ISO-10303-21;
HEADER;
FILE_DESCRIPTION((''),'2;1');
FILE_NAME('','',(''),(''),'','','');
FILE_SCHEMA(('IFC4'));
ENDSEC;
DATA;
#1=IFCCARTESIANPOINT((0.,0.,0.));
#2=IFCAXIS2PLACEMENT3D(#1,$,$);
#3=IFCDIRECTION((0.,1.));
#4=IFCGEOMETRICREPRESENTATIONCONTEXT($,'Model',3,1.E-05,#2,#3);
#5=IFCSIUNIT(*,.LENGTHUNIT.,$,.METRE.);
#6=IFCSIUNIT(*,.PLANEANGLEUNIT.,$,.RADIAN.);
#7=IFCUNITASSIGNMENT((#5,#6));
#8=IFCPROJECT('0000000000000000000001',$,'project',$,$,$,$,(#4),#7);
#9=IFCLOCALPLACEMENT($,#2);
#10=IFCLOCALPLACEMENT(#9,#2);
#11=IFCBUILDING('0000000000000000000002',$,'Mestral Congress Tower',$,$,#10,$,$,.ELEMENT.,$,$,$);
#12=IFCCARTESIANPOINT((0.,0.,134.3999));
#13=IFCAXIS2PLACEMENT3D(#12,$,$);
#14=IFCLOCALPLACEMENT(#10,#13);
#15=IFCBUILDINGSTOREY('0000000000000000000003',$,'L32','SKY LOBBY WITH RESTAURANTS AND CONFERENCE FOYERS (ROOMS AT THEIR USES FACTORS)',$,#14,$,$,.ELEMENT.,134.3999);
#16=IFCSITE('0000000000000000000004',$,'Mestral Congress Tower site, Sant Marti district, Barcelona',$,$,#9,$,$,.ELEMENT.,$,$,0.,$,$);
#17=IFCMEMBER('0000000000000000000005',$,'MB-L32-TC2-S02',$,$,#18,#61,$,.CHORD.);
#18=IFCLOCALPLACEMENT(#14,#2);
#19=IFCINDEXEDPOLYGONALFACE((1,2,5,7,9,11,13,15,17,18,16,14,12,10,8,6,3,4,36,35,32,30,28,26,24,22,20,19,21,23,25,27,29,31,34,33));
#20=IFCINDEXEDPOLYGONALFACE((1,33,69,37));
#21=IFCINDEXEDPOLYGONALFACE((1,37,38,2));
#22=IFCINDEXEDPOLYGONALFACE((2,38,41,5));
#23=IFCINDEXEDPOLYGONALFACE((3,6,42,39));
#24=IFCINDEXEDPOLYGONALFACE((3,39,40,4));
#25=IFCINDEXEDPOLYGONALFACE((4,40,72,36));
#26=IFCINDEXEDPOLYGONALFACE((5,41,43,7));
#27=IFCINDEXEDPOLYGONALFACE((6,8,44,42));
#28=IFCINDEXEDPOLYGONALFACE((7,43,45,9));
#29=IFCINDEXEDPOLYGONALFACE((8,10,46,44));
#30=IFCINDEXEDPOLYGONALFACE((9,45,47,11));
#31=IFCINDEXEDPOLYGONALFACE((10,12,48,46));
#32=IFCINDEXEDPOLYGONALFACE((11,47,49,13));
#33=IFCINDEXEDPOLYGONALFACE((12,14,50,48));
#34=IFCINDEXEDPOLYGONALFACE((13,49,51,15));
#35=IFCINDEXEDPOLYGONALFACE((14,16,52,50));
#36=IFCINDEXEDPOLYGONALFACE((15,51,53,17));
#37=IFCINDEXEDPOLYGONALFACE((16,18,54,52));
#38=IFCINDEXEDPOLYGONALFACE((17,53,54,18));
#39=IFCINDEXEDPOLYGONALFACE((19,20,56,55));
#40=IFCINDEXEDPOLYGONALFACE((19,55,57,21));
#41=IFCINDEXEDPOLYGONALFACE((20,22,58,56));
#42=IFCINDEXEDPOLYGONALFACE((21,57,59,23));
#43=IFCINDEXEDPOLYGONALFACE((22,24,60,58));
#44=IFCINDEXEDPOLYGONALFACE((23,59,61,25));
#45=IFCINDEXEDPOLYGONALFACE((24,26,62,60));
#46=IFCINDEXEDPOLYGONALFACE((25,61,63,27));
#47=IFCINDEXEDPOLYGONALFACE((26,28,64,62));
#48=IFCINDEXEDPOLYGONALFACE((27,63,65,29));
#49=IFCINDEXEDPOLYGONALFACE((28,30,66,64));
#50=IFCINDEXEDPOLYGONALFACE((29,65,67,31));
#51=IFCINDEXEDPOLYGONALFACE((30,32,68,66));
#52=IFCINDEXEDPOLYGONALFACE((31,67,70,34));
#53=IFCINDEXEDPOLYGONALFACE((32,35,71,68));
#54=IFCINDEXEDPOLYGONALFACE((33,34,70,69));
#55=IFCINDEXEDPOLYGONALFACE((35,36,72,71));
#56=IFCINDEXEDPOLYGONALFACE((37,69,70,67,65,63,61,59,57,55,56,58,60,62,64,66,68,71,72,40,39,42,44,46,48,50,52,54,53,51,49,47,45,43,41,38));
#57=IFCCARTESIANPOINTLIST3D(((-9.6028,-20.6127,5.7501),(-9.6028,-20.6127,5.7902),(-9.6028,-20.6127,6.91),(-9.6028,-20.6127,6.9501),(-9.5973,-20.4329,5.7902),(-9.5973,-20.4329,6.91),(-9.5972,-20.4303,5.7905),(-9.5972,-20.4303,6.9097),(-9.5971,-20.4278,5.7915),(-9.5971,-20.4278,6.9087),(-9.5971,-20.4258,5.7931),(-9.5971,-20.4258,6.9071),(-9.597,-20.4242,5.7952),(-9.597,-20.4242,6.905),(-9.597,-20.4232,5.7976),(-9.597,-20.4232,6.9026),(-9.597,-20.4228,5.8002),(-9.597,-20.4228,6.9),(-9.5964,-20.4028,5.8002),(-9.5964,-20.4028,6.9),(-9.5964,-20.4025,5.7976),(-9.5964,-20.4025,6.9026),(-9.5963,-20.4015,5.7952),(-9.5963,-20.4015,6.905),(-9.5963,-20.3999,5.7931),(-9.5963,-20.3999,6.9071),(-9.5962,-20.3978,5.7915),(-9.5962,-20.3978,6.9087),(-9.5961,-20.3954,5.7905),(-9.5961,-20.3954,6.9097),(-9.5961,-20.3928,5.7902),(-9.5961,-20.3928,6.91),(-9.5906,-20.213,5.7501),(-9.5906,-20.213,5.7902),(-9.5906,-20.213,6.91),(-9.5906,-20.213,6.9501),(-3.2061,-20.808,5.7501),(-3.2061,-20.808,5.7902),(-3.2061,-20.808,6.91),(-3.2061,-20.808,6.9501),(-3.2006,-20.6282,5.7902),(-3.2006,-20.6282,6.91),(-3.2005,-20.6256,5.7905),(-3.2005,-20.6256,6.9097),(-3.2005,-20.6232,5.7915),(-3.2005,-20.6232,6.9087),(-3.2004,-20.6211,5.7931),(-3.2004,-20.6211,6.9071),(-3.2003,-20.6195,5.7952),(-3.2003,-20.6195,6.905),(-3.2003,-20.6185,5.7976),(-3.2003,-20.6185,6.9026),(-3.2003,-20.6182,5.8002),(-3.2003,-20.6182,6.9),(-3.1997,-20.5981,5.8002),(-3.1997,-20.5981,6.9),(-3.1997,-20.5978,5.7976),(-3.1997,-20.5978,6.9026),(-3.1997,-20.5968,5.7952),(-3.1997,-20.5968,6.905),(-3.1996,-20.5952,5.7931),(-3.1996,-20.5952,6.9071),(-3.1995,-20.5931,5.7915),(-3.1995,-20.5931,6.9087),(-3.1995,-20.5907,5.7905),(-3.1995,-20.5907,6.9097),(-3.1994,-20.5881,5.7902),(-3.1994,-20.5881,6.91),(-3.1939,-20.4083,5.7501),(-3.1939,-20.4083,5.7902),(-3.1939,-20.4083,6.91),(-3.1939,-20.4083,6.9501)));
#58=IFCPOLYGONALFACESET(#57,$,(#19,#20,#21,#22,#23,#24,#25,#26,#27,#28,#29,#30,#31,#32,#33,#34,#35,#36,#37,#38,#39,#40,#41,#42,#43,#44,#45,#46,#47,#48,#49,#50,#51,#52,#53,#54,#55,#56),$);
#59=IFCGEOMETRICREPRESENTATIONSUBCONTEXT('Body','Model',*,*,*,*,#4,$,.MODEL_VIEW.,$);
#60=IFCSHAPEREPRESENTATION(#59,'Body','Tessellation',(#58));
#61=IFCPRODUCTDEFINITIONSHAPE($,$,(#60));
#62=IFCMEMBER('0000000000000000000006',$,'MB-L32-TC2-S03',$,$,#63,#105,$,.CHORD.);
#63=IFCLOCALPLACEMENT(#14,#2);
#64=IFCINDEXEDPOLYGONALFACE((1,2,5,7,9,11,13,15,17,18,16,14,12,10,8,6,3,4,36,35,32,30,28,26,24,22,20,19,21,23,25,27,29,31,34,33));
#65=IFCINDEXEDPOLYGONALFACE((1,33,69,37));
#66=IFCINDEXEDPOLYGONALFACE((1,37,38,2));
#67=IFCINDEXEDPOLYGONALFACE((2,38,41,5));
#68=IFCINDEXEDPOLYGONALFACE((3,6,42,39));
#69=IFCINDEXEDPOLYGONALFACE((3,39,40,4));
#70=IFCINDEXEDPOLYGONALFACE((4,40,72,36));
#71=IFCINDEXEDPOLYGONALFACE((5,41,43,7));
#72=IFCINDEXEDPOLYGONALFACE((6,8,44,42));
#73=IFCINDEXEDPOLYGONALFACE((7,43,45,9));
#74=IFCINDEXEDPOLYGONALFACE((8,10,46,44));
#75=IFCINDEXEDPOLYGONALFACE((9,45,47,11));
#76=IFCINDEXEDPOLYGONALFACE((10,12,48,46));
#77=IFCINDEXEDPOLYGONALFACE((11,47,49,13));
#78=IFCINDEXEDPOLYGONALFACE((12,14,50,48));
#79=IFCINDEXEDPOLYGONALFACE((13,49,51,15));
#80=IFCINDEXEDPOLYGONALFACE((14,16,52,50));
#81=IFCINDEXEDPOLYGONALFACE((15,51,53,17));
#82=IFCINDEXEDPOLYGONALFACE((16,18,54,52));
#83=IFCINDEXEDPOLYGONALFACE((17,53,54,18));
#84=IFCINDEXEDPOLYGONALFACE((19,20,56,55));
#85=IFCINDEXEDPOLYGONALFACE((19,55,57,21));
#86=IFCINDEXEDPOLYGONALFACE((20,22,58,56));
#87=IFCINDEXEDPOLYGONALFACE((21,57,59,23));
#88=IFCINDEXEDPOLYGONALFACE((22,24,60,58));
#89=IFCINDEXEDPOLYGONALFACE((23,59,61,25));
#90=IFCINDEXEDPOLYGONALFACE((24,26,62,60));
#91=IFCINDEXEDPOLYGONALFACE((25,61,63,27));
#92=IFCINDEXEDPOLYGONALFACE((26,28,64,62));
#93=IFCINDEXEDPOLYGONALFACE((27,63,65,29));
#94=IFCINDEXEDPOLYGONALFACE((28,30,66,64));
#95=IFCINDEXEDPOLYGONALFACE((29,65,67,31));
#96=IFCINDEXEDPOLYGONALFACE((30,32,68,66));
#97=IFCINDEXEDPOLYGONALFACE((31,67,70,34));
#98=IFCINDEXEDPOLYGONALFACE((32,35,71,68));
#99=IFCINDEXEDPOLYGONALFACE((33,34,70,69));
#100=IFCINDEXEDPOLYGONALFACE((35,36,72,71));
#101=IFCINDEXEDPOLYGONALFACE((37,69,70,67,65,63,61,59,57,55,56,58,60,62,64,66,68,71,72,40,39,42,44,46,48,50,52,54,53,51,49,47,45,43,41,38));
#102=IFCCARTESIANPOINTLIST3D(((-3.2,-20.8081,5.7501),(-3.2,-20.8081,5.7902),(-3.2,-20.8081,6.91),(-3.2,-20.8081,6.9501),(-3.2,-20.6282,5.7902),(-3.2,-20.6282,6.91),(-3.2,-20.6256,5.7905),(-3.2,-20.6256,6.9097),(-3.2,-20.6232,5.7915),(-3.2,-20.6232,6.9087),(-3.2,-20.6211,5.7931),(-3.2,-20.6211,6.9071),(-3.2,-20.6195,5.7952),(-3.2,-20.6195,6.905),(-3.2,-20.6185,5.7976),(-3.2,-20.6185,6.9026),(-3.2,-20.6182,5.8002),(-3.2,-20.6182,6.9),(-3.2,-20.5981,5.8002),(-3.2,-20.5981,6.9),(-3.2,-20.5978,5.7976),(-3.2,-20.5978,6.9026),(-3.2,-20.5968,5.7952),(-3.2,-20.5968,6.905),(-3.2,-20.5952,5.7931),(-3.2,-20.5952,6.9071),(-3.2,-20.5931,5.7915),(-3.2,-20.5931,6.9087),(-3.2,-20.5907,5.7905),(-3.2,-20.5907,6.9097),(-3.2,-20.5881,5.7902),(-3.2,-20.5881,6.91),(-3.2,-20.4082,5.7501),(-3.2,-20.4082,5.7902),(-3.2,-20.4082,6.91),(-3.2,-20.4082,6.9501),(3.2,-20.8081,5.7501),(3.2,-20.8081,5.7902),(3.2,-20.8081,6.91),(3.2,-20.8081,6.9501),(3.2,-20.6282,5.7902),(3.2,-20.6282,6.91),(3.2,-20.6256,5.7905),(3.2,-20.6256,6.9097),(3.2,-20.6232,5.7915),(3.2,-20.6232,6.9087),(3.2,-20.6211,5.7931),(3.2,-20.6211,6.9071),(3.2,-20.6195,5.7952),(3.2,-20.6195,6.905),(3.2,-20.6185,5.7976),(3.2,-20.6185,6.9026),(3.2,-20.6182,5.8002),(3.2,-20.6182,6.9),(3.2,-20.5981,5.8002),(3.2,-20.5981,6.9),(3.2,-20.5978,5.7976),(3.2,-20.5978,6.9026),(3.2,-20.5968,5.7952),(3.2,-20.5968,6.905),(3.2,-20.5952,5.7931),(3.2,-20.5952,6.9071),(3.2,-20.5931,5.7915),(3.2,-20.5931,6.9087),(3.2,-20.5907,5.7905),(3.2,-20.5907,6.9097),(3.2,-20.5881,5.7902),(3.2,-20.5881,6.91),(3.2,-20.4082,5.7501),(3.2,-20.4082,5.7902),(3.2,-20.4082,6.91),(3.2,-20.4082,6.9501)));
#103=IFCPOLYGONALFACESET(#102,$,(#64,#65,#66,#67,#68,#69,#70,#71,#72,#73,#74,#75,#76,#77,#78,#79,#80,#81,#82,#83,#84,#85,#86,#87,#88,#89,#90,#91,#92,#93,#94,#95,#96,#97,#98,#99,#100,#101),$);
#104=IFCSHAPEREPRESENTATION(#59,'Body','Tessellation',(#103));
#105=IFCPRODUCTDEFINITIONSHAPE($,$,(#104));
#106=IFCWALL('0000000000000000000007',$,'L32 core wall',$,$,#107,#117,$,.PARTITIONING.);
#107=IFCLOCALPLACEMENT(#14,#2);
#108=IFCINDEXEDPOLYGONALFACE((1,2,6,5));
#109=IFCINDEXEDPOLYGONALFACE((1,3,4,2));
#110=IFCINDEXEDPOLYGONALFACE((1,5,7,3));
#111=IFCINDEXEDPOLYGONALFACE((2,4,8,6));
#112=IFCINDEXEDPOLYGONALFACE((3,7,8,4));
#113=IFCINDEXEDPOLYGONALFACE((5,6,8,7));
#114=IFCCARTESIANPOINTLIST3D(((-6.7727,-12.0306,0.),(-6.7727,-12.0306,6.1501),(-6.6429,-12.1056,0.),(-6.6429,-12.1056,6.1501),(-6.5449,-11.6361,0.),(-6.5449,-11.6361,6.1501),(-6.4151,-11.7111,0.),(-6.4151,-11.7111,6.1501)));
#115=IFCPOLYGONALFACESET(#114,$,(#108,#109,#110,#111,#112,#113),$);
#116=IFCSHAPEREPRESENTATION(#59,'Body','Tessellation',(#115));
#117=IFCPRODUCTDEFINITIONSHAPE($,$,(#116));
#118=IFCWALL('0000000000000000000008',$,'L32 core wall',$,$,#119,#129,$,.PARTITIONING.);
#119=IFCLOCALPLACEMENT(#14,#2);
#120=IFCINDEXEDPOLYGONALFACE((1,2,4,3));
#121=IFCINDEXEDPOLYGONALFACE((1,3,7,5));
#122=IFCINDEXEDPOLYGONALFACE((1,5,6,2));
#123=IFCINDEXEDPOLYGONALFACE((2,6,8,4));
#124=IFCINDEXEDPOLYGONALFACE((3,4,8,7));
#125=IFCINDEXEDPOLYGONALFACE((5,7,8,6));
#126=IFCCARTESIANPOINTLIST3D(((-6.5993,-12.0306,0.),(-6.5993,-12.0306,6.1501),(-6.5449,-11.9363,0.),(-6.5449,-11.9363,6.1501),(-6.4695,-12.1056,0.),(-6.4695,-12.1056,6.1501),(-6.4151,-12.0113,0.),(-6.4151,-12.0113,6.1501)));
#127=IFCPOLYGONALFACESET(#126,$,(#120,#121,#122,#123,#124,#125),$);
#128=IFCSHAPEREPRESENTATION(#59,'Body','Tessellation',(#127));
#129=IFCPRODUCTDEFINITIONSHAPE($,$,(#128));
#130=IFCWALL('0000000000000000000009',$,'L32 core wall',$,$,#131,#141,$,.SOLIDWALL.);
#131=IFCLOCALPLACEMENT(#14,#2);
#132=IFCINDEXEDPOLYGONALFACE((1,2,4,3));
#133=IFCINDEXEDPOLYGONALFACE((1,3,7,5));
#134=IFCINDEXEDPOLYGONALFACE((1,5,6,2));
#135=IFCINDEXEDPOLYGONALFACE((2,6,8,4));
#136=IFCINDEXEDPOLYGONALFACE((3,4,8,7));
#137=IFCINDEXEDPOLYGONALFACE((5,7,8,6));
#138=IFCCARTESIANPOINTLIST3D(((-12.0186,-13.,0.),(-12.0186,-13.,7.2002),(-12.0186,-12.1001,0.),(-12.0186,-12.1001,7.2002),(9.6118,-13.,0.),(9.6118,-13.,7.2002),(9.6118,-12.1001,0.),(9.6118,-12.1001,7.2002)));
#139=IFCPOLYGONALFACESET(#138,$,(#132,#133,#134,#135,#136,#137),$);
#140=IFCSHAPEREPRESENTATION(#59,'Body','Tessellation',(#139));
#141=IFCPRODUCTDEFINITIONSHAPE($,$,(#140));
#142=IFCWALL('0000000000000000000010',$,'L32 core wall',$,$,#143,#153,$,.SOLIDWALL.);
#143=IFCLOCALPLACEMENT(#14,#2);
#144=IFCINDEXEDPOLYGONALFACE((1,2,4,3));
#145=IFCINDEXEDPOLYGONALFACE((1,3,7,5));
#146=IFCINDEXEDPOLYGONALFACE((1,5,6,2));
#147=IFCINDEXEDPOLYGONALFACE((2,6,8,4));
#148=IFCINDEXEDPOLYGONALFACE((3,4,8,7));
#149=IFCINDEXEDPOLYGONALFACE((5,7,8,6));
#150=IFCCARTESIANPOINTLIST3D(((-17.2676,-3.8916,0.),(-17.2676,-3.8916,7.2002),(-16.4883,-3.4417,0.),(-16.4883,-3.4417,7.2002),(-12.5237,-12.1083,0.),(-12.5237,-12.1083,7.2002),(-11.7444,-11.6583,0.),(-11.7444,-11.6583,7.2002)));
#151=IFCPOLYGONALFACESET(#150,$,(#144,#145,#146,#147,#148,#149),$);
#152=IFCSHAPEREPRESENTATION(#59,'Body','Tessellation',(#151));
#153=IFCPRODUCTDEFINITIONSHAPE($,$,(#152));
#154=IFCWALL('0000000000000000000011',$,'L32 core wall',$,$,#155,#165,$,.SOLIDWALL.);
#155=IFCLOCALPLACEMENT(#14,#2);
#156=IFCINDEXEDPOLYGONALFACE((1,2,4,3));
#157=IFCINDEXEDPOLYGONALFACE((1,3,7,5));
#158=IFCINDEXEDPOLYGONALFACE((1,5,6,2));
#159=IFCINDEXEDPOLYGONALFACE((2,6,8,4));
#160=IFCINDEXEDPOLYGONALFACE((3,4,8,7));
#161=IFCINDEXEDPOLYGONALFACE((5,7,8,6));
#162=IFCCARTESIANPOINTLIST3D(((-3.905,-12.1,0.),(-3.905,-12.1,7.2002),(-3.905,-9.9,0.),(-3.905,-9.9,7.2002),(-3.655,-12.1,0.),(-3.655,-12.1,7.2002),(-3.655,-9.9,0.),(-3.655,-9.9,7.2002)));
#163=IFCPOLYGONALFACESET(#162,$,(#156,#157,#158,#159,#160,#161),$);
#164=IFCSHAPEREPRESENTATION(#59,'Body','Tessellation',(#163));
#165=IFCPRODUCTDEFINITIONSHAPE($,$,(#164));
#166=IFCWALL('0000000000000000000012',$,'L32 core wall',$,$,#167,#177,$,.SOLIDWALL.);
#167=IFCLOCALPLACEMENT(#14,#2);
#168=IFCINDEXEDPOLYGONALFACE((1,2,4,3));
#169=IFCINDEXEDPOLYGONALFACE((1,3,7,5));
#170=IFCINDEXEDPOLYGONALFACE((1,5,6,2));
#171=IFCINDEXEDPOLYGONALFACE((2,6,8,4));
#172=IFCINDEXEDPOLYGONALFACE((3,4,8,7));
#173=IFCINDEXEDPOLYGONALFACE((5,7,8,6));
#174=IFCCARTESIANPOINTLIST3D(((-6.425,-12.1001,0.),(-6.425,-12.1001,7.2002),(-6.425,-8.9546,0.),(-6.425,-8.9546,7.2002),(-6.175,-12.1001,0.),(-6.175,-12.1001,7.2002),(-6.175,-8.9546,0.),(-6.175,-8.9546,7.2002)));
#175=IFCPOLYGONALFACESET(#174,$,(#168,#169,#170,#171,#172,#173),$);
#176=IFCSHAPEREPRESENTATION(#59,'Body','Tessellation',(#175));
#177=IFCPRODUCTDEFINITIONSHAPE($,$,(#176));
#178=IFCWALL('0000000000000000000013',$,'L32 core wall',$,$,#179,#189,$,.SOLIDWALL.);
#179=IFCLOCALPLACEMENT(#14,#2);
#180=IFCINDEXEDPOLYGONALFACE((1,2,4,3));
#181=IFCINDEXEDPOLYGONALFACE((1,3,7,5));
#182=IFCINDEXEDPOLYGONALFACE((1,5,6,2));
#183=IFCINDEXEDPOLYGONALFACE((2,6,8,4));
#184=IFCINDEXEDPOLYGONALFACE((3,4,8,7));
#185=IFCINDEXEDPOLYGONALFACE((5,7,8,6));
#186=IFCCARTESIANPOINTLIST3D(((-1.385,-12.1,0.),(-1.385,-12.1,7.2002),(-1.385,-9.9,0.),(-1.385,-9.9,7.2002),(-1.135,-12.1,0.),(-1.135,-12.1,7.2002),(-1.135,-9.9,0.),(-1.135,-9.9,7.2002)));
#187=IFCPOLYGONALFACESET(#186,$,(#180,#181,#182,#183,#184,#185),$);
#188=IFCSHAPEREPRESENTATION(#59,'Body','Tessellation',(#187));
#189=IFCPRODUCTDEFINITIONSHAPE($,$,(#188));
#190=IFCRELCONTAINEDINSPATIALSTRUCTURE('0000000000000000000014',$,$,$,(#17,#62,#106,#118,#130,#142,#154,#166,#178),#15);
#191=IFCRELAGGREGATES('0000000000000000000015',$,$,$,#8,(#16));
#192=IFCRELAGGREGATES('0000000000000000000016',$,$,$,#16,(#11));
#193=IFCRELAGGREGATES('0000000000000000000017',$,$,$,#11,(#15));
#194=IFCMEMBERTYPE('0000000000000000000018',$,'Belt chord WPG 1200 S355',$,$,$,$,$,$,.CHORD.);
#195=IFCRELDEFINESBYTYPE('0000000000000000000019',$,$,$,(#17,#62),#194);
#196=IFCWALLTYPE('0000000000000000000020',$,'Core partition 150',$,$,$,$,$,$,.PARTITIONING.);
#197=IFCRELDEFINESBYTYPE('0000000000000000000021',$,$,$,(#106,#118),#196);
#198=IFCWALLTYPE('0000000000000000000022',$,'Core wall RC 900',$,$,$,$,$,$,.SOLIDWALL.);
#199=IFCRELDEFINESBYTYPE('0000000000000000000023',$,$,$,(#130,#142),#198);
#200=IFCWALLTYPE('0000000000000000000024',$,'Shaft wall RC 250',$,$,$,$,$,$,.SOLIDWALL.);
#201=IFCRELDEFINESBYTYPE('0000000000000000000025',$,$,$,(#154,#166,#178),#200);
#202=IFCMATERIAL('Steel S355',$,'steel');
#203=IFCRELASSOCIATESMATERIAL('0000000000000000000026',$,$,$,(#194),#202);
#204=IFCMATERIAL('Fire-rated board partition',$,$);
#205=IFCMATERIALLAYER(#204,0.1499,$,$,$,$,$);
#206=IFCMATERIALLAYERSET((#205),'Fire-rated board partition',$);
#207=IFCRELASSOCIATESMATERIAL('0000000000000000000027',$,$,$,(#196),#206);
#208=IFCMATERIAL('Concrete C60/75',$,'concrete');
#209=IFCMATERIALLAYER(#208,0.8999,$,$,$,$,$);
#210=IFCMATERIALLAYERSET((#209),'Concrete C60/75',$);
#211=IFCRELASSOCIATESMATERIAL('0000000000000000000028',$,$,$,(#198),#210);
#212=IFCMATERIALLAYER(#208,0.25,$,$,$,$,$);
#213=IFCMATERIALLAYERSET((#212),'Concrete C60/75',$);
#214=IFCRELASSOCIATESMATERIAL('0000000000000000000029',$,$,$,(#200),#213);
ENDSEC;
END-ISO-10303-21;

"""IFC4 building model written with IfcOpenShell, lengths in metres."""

from ifc_helpers import new_model, si_unit, direction, frame, frame_2d, origin, origin_2d, place, context, subcontext, project, spatial, rectangle, i_section, extrude, material, layer, layer_set, material_profile, profile_set, type_object, element, save


model = new_model("IFC4")

# Units and contexts
model_context = context("Model", 3, precision=1e-05, world=origin(), true_north=direction((0.0, 1.0)))
body_context = subcontext(model_context, "Body", "Model", "MODEL_VIEW")
ifc_project = project(units=[si_unit("LENGTHUNIT", "METRE"), si_unit("PLANEANGLEUNIT", "RADIAN")], contexts=[model_context])

# Site, building, storey
site_placement = place(None, origin())
site = spatial("IfcSite", under=ifc_project, at=site_placement, Name="Mestral Congress Tower site, Sant Marti district, Barcelona", CompositionType="ELEMENT", RefElevation=0.0)
building_placement = place(site_placement, origin())
building = spatial("IfcBuilding", under=site, at=building_placement, Name="Mestral Congress Tower", CompositionType="ELEMENT")
storey_placement = place(building_placement, frame((0.0, 0.0, 134.3999)))
storey = spatial("IfcBuildingStorey", under=building, at=storey_placement, Name="L32", Description="SKY LOBBY WITH RESTAURANTS AND CONFERENCE FOYERS (ROOMS AT THEIR USES FACTORS)", CompositionType="ELEMENT", Elevation=134.3999)

# Members
ifc_material_1 = material(Name="Steel S355", Category="steel")
ifc_material_profile = material_profile(ifc_material_1, i_section(OverallWidth=0.3999, OverallDepth=1.2, WebThickness=0.02, FlangeThickness=0.04, FilletRadius=0.01, at=origin_2d()), Name="WPG 1200")
ifc_profile_set = profile_set([ifc_material_profile], Name="Steel S355")
member_type = type_object("IfcMemberType", Name="Belt chord WPG 1200 S355", PredefinedType="CHORD", material=ifc_profile_set)
member_1_placement = place(storey_placement, frame((-9.5967, -20.4128, 6.3501), z_axis=(0.999534, -0.030519, 0.0), x_axis=(0.030519, 0.999534, 0.0)))
element("IfcMember", 1, at=member_1_placement, inside=storey, type_object=member_type, Name="MB-L32-TC2-S02", PredefinedType="CHORD", context=body_context, shape_type="SweptSolid", body=[
    extrude(i_section(OverallWidth=0.3999, OverallDepth=1.2, WebThickness=0.02, FlangeThickness=0.04, FilletRadius=0.01, at=origin_2d()), origin(), (0.0, 0.0, 1.0), 6.3997),
])
member_2_placement = place(storey_placement, frame((-3.2, -20.6082, 6.3501), z_axis=(1.0, 0.0, 0.0), x_axis=(0.0, 1.0, 0.0)))
element("IfcMember", 2, at=member_2_placement, inside=storey, type_object=member_type, Name="MB-L32-TC2-S03", PredefinedType="CHORD", context=body_context, shape_type="SweptSolid", body=[
    extrude(i_section(OverallWidth=0.3999, OverallDepth=1.2, WebThickness=0.02, FlangeThickness=0.04, FilletRadius=0.01, at=origin_2d()), origin(), (0.0, 0.0, 1.0), 6.3999),
])

# Walls
ifc_material_2 = material(Name="Fire-rated board partition")
ifc_layer_1 = layer(ifc_material_2, 0.1499)
ifc_layer_set_1 = layer_set([ifc_layer_1], Name="Fire-rated board partition")
wall_type_1 = type_object("IfcWallType", Name="Core partition 150", PredefinedType="PARTITIONING", material=ifc_layer_set_1)
wall_1_placement = place(storey_placement, frame((-6.7078, -12.0681, 0.0), z_axis=(0.0, 0.0, 1.0), x_axis=(0.500001, 0.866025, 0.0)))
element("IfcWall", 3, at=wall_1_placement, inside=storey, type_object=wall_type_1, Name="L32 core wall", PredefinedType="PARTITIONING", context=body_context, shape_type="SweptSolid", body=[
    extrude(rectangle(XDim=0.4556, YDim=0.1499, at=frame_2d((0.2278, 0.0))), origin(), (0.0, 0.0, 1.0), 6.1501),
])
wall_2_placement = place(storey_placement, frame((-6.5344, -12.0681, 0.0), z_axis=(0.0, 0.0, 1.0), x_axis=(0.50024, 0.865887, 0.0)))
element("IfcWall", 4, at=wall_2_placement, inside=storey, type_object=wall_type_1, Name="L32 core wall", PredefinedType="PARTITIONING", context=body_context, shape_type="SweptSolid", body=[
    extrude(rectangle(XDim=0.1089, YDim=0.1499, at=frame_2d((0.0544, 0.0))), origin(), (0.0, 0.0, 1.0), 6.1501),
])
ifc_material_3 = material(Name="Concrete C60/75", Category="concrete")
ifc_layer_2 = layer(ifc_material_3, 0.8999)
ifc_layer_set_2 = layer_set([ifc_layer_2], Name="Concrete C60/75")
wall_type_2 = type_object("IfcWallType", Name="Core wall RC 900", PredefinedType="SOLIDWALL", material=ifc_layer_set_2)
wall_3_placement = place(storey_placement, frame((-12.0186, -12.55, 0.0), z_axis=(0.0, 0.0, 1.0), x_axis=(1.0, 0.0, 0.0)))
element("IfcWall", 5, at=wall_3_placement, inside=storey, type_object=wall_type_2, Name="L32 core wall", PredefinedType="SOLIDWALL", context=body_context, shape_type="SweptSolid", body=[
    extrude(rectangle(XDim=21.6304, YDim=0.8999, at=frame_2d((10.8152, 0.0))), origin(), (0.0, 0.0, 1.0), 7.2002),
])
wall_4_placement = place(storey_placement, frame((-12.134, -11.8833, 0.0), z_axis=(0.0, 0.0, 1.0), x_axis=(-0.500005, 0.866022, 0.0)))
element("IfcWall", 6, at=wall_4_placement, inside=storey, type_object=wall_type_2, Name="L32 core wall", PredefinedType="SOLIDWALL", context=body_context, shape_type="SweptSolid", body=[
    extrude(rectangle(XDim=9.4878, YDim=0.8999, at=frame_2d((4.7439, 0.0))), origin(), (0.0, 0.0, 1.0), 7.2002),
])
ifc_layer_3 = layer(ifc_material_3, 0.25)
ifc_layer_set_3 = layer_set([ifc_layer_3], Name="Concrete C60/75")
wall_type_3 = type_object("IfcWallType", Name="Shaft wall RC 250", PredefinedType="SOLIDWALL", material=ifc_layer_set_3)
wall_5_placement = place(storey_placement, frame((-3.78, -12.1001, 0.0), z_axis=(0.0, 0.0, 1.0), x_axis=(0.0, 1.0, 0.0)))
element("IfcWall", 7, at=wall_5_placement, inside=storey, type_object=wall_type_3, Name="L32 core wall", PredefinedType="SOLIDWALL", context=body_context, shape_type="SweptSolid", body=[
    extrude(rectangle(XDim=2.2, YDim=0.25, at=frame_2d((1.1001, 0.0))), origin(), (0.0, 0.0, 1.0), 7.2002),
])
wall_6_placement = place(storey_placement, frame((-6.3, -12.1001, 0.0), z_axis=(0.0, 0.0, 1.0), x_axis=(0.0, 1.0, 0.0)))
element("IfcWall", 8, at=wall_6_placement, inside=storey, type_object=wall_type_3, Name="L32 core wall", PredefinedType="SOLIDWALL", context=body_context, shape_type="SweptSolid", body=[
    extrude(rectangle(XDim=3.1455, YDim=0.25, at=frame_2d((1.5728, 0.0))), origin(), (0.0, 0.0, 1.0), 7.2002),
])
wall_7_placement = place(storey_placement, frame((-1.26, -12.1001, 0.0), z_axis=(0.0, 0.0, 1.0), x_axis=(0.0, 1.0, 0.0)))
element("IfcWall", 9, at=wall_7_placement, inside=storey, type_object=wall_type_3, Name="L32 core wall", PredefinedType="SOLIDWALL", context=body_context, shape_type="SweptSolid", body=[
    extrude(rectangle(XDim=2.2, YDim=0.25, at=frame_2d((1.1001, 0.0))), origin(), (0.0, 0.0, 1.0), 7.2002),
])

save(model, "model.ifc")
